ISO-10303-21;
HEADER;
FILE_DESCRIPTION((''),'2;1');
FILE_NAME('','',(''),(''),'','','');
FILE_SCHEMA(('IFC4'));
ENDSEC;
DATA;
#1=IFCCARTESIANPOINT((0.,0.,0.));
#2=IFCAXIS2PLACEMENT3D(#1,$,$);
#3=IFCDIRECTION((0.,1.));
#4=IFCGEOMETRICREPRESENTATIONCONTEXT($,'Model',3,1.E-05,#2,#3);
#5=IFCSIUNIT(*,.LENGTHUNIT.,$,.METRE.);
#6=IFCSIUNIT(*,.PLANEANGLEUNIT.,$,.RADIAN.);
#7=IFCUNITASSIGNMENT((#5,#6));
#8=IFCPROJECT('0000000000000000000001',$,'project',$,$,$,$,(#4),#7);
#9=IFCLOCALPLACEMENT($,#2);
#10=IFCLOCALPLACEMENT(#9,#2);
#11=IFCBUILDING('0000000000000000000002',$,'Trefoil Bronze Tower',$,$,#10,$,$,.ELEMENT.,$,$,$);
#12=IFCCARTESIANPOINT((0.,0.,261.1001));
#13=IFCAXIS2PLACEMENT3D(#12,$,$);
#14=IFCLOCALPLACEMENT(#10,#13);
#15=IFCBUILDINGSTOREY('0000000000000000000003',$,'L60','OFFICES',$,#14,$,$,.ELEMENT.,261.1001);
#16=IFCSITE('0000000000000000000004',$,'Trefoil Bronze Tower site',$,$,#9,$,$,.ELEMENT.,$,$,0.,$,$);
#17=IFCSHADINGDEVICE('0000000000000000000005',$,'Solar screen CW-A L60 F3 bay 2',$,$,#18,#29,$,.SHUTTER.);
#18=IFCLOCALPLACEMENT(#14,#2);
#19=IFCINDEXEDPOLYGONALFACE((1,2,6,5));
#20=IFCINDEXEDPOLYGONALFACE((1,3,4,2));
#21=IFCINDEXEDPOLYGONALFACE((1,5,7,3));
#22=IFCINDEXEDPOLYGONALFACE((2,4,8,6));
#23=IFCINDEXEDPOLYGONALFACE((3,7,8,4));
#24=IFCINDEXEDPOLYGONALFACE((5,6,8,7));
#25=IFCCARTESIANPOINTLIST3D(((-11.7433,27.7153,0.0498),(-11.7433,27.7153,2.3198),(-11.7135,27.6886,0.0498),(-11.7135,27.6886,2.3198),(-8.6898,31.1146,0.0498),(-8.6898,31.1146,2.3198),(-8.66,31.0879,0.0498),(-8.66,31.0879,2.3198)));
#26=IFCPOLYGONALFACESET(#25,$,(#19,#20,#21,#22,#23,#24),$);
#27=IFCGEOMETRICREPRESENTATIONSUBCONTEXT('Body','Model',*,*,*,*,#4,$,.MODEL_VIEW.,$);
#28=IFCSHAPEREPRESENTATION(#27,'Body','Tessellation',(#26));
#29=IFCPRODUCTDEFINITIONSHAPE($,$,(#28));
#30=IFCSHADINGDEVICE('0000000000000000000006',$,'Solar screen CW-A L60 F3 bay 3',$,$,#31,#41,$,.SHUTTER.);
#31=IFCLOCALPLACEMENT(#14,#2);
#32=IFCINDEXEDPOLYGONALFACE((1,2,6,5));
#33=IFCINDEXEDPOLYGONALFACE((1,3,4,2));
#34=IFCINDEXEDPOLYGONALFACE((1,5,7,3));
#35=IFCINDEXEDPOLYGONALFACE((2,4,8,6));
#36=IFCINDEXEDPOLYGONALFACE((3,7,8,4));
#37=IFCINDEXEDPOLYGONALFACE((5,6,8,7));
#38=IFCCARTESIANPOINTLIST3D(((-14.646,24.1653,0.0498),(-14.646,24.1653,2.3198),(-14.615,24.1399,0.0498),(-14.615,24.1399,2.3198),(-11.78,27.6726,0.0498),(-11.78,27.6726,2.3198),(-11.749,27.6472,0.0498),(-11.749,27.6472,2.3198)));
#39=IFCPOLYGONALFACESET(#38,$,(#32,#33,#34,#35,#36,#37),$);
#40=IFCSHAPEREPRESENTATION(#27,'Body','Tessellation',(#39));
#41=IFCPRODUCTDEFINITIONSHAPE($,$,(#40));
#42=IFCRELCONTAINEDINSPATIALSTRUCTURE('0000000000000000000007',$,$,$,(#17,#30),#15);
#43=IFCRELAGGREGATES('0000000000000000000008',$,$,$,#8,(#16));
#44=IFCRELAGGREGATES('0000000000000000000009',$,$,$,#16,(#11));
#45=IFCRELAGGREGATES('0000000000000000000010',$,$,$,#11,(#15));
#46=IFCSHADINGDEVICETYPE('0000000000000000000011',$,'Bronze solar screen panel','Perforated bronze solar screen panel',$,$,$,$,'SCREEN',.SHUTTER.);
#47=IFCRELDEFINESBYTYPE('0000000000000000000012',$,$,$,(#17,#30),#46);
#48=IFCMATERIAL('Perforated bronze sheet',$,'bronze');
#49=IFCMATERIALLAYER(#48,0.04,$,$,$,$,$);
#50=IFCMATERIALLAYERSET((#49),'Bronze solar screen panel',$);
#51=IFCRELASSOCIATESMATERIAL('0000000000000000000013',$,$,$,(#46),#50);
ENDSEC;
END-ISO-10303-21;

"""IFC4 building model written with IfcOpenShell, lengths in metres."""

from ifc_helpers import new_model, si_unit, direction, frame, origin, origin_2d, place, context, subcontext, project, spatial, rectangle, extrude, material, layer, layer_set, type_object, element, save


model = new_model("IFC4")

# Units and contexts
model_context = context("Model", 3, precision=1e-05, world=origin(), true_north=direction((0.0, 1.0)))
body_context = subcontext(model_context, "Body", "Model", "MODEL_VIEW")
ifc_project = project(units=[si_unit("LENGTHUNIT", "METRE"), si_unit("PLANEANGLEUNIT", "RADIAN")], contexts=[model_context])

# Site, building, storey
site_placement = place(None, origin())
site = spatial("IfcSite", under=ifc_project, at=site_placement, Name="Trefoil Bronze Tower site", CompositionType="ELEMENT", RefElevation=0.0)
building_placement = place(site_placement, origin())
building = spatial("IfcBuilding", under=site, at=building_placement, Name="Trefoil Bronze Tower", CompositionType="ELEMENT")
storey_placement = place(building_placement, frame((0.0, 0.0, 261.1001)))
storey = spatial("IfcBuildingStorey", under=building, at=storey_placement, Name="L60", Description="OFFICES", CompositionType="ELEMENT", Elevation=261.1001)

# Shading devices
ifc_material_1 = material(Name="Perforated bronze sheet", Category="bronze")
ifc_layer_1 = layer(ifc_material_1, 0.04)
ifc_layer_set_1 = layer_set([ifc_layer_1], Name="Bronze solar screen panel")
shading_device_type = type_object("IfcShadingDeviceType", Name="Bronze solar screen panel", Description="Perforated bronze solar screen panel", ElementType="SCREEN", PredefinedType="SHUTTER", material=ifc_layer_set_1)
shading_device_1_placement = place(storey_placement, frame((-10.2017, 29.4016, 0.0498), z_axis=(0.0, 0.0, 1.0), x_axis=(-0.668246, -0.743941, 0.0)))
element("IfcShadingDevice", 1, at=shading_device_1_placement, inside=storey, type_object=shading_device_type, Name="Solar screen CW-A L60 F3 bay 2", PredefinedType="SHUTTER", context=body_context, shape_type="SweptSolid", body=[
    extrude(rectangle(XDim=4.5693, YDim=0.04, at=origin_2d()), origin(), (0.0, 0.0, 1.0), 2.27),
])
shading_device_2_placement = place(storey_placement, frame((-13.1975, 25.9062, 0.0498), z_axis=(0.0, 0.0, 1.0), x_axis=(-0.632753, -0.774354, 0.0)))
element("IfcShadingDevice", 2, at=shading_device_2_placement, inside=storey, type_object=shading_device_type, Name="Solar screen CW-A L60 F3 bay 3", PredefinedType="SHUTTER", context=body_context, shape_type="SweptSolid", body=[
    extrude(rectangle(XDim=4.5293, YDim=0.04, at=origin_2d()), origin(), (0.0, 0.0, 1.0), 2.27),
])

save(model, "model.ifc")
